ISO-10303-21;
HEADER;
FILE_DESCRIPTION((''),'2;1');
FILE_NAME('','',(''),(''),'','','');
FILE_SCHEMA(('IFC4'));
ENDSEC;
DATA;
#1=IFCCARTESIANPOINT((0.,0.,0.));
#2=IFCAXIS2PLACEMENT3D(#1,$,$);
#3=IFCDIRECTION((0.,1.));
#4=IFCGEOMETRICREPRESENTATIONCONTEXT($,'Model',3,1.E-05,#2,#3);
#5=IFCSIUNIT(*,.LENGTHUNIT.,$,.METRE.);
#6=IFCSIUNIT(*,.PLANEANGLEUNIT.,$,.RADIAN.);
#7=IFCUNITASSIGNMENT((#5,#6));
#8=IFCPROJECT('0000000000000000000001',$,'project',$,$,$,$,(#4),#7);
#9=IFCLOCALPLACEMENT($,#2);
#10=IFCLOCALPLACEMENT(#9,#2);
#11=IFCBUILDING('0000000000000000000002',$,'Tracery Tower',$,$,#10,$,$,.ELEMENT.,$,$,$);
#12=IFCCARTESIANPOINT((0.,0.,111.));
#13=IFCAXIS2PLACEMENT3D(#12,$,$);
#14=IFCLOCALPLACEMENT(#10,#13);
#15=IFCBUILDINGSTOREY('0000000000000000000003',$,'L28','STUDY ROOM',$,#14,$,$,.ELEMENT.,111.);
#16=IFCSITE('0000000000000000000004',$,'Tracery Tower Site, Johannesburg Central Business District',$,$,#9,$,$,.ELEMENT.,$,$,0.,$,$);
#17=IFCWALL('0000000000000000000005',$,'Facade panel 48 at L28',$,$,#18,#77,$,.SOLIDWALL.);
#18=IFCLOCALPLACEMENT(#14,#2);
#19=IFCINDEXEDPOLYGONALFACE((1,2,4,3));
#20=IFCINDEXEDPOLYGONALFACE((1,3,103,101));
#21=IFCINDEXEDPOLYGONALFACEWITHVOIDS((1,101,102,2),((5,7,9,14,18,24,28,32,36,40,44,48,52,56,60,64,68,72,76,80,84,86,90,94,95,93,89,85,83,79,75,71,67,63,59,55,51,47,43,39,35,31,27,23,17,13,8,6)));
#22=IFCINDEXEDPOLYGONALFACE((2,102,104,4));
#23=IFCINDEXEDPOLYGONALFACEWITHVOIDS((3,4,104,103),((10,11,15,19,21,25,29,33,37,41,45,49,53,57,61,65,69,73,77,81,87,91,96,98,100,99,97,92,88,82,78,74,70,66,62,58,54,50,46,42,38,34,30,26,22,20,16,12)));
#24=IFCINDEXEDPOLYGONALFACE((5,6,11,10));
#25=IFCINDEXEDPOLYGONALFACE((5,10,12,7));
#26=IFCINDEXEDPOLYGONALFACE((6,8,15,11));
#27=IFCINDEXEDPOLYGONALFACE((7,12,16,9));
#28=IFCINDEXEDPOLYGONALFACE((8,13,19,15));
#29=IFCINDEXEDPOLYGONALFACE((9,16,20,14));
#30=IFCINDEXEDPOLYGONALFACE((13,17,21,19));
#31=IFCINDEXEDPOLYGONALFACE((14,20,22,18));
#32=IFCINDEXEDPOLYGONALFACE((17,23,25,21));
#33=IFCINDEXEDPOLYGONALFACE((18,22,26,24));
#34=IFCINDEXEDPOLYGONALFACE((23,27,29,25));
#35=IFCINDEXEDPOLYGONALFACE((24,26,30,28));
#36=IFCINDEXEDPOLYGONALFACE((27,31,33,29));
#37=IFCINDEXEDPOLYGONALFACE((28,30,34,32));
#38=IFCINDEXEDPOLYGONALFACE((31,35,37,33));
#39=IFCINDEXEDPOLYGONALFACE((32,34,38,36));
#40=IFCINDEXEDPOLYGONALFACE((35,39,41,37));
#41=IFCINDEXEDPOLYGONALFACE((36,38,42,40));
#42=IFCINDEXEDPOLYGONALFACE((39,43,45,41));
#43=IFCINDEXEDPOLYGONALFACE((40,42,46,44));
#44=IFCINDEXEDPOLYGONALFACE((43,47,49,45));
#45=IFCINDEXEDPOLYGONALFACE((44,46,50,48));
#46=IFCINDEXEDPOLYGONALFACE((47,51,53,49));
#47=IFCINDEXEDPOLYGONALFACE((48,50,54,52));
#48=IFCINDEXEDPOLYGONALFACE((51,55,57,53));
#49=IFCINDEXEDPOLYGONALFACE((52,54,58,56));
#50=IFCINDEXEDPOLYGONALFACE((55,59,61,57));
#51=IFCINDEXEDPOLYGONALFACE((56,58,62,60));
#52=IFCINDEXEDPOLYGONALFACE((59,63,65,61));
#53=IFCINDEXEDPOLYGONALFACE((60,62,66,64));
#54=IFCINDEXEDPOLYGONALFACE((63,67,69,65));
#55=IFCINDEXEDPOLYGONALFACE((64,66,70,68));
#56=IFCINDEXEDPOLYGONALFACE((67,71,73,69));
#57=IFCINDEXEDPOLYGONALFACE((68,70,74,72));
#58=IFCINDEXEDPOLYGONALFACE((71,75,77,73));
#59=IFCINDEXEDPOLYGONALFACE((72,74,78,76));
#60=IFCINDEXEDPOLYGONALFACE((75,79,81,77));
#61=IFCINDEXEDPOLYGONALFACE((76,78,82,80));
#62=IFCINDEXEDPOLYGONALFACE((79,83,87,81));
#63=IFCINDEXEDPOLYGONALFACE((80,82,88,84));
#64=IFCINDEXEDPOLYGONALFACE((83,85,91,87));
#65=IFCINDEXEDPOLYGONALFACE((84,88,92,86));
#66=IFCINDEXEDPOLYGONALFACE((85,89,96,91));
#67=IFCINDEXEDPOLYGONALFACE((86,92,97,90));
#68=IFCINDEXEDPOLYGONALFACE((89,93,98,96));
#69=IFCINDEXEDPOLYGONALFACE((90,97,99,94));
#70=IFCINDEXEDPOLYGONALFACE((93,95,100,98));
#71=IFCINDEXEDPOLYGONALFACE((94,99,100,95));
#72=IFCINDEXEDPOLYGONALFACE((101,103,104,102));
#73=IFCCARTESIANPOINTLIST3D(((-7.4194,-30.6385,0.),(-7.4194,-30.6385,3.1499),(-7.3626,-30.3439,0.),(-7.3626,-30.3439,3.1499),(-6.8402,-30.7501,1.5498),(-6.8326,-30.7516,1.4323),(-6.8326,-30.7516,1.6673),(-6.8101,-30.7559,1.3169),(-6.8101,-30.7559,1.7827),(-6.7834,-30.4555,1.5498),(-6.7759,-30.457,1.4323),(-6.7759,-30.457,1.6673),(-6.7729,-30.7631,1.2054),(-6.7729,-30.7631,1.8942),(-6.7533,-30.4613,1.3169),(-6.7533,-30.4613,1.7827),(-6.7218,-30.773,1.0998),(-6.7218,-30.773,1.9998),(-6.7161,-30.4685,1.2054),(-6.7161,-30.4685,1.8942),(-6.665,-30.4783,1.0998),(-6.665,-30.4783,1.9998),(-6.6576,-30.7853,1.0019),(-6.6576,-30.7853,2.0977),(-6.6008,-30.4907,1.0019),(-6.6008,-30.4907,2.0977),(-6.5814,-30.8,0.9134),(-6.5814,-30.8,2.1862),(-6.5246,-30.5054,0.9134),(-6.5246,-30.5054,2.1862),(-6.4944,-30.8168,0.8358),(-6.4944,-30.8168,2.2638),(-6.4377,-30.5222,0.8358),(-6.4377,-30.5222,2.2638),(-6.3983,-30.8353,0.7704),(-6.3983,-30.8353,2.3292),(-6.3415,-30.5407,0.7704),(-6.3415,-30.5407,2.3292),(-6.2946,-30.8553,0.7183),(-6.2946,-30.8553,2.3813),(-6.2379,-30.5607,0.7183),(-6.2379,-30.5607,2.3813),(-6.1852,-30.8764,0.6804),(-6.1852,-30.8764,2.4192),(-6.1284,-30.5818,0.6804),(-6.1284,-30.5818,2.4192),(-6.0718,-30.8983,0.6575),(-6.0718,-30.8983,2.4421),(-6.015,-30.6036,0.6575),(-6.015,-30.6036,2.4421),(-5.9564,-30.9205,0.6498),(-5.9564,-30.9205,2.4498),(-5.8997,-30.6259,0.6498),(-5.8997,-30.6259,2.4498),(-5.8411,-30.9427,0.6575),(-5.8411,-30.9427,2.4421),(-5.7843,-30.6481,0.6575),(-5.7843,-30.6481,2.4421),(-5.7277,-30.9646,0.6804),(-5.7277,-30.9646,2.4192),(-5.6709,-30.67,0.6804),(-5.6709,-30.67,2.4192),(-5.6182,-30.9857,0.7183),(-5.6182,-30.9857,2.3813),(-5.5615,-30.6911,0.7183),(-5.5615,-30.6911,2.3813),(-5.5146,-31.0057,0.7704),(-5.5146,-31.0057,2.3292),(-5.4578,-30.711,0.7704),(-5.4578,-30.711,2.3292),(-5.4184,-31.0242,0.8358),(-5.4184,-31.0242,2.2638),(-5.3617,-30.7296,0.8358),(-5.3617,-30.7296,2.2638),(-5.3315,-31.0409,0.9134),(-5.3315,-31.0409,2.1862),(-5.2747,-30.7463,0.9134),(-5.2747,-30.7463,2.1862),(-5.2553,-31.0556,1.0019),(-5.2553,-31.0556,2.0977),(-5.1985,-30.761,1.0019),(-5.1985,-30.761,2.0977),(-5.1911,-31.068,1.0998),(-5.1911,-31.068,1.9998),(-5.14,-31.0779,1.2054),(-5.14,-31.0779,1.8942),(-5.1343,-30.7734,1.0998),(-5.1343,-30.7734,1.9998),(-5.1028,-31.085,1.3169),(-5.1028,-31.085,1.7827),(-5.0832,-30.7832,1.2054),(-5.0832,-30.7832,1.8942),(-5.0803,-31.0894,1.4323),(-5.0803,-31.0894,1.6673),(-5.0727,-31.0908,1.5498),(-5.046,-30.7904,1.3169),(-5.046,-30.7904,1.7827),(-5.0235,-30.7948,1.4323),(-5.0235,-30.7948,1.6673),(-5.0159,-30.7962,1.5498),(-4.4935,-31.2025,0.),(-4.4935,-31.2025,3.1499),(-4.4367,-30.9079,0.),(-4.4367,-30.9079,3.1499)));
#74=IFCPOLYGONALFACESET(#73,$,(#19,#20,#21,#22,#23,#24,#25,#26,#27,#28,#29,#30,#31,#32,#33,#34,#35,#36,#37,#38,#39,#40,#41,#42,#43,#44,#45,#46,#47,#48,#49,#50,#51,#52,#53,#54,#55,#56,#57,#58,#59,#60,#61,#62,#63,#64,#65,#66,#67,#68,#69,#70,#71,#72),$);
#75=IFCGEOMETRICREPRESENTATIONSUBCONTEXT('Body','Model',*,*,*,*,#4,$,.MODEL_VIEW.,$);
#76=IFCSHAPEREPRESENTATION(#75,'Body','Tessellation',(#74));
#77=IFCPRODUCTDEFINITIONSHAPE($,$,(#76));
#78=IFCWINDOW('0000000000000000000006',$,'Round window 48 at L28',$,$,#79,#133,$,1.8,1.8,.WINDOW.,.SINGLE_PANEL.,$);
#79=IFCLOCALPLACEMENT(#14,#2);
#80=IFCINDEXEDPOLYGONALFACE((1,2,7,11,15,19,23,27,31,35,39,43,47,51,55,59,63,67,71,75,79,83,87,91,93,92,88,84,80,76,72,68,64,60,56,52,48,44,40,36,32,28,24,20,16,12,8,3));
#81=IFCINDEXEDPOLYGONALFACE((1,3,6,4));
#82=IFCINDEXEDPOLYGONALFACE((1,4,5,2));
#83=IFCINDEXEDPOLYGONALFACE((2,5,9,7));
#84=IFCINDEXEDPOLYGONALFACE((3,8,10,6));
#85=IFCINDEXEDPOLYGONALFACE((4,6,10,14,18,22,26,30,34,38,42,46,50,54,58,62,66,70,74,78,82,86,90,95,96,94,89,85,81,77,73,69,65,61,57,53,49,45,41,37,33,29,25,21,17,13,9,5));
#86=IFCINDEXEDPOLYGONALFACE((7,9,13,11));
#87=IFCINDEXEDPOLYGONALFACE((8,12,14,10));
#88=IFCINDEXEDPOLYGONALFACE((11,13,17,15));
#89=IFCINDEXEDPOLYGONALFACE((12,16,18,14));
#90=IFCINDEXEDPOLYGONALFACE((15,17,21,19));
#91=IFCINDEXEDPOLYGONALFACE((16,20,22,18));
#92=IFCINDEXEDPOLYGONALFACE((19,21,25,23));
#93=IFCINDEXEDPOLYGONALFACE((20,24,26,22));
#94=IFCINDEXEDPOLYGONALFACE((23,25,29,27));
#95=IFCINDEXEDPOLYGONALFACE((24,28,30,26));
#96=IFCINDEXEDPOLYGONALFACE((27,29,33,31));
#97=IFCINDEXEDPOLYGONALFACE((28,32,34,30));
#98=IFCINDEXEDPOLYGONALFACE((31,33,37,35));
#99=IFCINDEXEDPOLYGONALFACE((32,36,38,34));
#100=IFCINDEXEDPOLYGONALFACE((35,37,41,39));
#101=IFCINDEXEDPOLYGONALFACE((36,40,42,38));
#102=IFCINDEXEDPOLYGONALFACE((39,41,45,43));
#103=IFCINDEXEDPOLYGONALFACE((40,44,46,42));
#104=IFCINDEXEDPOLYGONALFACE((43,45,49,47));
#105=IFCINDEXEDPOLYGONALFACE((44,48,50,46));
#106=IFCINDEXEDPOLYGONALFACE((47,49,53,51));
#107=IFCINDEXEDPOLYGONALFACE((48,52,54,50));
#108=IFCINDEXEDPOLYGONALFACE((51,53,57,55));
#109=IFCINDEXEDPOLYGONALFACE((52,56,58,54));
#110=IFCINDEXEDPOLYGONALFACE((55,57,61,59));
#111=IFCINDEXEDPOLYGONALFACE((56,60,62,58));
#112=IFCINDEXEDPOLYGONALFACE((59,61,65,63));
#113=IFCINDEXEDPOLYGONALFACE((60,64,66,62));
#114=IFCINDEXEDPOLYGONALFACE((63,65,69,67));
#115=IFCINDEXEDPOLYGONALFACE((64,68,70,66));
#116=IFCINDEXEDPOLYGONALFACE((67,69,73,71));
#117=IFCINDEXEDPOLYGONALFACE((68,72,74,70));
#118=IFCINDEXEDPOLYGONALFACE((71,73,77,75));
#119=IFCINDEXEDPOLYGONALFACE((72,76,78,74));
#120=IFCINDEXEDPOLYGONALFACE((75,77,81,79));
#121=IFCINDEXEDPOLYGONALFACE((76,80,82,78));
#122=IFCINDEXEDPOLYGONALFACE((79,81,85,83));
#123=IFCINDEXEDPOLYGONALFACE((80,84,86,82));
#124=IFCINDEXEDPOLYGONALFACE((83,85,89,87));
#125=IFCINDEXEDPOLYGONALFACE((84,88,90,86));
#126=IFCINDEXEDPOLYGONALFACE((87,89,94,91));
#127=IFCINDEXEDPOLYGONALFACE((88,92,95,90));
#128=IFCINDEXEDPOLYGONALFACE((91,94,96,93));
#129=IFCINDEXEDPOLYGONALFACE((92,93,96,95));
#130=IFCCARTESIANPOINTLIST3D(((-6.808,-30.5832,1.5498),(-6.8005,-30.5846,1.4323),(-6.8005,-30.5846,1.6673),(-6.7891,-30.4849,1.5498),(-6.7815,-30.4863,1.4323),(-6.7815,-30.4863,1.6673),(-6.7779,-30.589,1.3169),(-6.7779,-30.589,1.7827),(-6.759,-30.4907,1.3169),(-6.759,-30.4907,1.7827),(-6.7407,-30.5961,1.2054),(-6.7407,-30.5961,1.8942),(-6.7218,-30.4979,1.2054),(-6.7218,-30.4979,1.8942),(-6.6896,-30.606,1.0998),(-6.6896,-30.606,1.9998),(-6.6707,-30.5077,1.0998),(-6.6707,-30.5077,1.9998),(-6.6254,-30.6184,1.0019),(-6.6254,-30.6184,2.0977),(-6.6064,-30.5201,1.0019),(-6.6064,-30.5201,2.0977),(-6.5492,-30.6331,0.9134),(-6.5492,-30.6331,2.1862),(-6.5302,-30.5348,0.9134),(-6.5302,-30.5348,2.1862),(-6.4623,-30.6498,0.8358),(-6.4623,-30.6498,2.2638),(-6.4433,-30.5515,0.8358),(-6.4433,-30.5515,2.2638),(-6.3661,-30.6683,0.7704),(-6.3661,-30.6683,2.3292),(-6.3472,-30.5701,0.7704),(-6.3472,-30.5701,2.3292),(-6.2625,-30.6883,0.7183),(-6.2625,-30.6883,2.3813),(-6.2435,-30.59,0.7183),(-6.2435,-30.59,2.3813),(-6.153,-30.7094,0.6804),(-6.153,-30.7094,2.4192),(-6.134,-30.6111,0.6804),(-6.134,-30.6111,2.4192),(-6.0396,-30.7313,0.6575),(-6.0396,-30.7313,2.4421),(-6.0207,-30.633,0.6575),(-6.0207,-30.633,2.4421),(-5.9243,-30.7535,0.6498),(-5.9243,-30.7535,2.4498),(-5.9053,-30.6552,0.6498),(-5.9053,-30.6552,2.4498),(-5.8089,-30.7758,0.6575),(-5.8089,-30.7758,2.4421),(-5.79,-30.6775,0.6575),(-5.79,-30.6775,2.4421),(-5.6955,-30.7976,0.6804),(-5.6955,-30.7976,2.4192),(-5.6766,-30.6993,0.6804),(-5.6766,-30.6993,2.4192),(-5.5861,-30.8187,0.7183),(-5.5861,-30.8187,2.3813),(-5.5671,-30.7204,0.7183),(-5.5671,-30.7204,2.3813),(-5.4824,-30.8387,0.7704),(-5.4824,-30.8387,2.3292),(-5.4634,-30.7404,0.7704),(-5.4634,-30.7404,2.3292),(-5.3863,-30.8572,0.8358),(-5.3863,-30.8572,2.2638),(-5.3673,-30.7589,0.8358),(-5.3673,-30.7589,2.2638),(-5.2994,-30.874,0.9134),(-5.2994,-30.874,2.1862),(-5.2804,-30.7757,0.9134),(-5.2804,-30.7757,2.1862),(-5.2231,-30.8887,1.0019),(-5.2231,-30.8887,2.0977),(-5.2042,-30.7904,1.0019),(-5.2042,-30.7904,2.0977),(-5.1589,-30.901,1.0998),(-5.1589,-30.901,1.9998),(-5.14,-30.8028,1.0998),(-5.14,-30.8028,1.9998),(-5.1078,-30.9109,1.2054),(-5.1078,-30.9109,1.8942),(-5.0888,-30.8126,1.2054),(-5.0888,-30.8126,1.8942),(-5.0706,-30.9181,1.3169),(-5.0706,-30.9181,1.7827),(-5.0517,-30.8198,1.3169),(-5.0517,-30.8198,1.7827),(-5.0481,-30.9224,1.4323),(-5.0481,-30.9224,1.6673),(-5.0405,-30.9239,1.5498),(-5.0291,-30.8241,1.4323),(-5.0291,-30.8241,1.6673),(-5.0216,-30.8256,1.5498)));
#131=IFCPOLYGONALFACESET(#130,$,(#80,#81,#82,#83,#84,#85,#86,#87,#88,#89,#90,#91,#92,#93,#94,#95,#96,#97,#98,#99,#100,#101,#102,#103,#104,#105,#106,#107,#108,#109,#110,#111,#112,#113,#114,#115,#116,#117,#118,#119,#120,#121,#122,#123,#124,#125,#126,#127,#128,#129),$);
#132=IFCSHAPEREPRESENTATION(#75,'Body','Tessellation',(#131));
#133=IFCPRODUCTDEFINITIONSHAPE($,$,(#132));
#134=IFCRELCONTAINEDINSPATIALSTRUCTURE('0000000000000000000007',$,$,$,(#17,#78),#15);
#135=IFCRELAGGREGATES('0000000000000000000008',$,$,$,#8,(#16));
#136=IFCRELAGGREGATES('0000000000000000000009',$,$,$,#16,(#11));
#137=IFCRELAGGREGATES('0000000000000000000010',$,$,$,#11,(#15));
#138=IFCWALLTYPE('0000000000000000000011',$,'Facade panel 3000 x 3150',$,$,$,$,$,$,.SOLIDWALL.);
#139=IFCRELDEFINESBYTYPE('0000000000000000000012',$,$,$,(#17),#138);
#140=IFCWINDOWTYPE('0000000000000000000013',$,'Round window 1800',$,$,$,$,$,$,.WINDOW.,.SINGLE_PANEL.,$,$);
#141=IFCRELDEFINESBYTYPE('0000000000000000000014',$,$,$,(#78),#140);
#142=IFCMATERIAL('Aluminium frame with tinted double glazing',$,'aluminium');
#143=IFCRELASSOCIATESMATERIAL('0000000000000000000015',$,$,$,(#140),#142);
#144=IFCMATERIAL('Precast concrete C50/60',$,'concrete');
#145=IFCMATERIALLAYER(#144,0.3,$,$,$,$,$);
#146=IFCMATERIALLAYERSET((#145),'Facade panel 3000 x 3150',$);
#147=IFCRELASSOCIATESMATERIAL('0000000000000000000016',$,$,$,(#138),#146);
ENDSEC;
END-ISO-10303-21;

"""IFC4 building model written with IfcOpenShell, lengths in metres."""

from ifc_helpers import new_model, si_unit, direction, frame, frame_2d, origin, origin_2d, place, context, subcontext, project, spatial, rectangle, circle, extrude, material, layer, layer_set, type_object, element, fill, save


model = new_model("IFC4")

# Units and contexts
model_context = context("Model", 3, precision=1e-05, world=origin(), true_north=direction((0.0, 1.0)))
body_context = subcontext(model_context, "Body", "Model", "MODEL_VIEW")
ifc_project = project(units=[si_unit("LENGTHUNIT", "METRE"), si_unit("PLANEANGLEUNIT", "RADIAN")], contexts=[model_context])

# Site, building, storey
site_placement = place(None, origin())
site = spatial("IfcSite", under=ifc_project, at=site_placement, Name="Tracery Tower Site, Johannesburg Central Business District", CompositionType="ELEMENT", RefElevation=0.0)
building_placement = place(site_placement, origin())
building = spatial("IfcBuilding", under=site, at=building_placement, Name="Tracery Tower", CompositionType="ELEMENT")
storey_placement = place(building_placement, frame((0.0, 0.0, 111.0)))
storey = spatial("IfcBuildingStorey", under=building, at=storey_placement, Name="L28", Description="STUDY ROOM", CompositionType="ELEMENT", Elevation=111.0)

# Wall, opening, window
ifc_material_1 = material(Name="Aluminium frame with tinted double glazing", Category="aluminium")
window_type = type_object("IfcWindowType", Name="Round window 1800", PartitioningType="SINGLE_PANEL", PredefinedType="WINDOW", material=ifc_material_1)
ifc_material_2 = material(Name="Precast concrete C50/60", Category="concrete")
ifc_layer_1 = layer(ifc_material_2, 0.3)
ifc_layer_set_1 = layer_set([ifc_layer_1], Name="Facade panel 3000 x 3150")
wall_type_1 = type_object("IfcWallType", Name="Facade panel 3000 x 3150", PredefinedType="SOLIDWALL", material=ifc_layer_set_1)
wall_1_placement = place(storey_placement, frame((-7.3909, -30.4912, 0.0), z_axis=(0.0, 0.0, 1.0), x_axis=(0.981925, -0.189273, 0.0)))
wall_1 = element("IfcWall", 1, at=wall_1_placement, inside=storey, type_object=wall_type_1, Name="Facade panel 48 at L28", PredefinedType="SOLIDWALL", context=body_context, shape_type="SweptSolid", body=[
    extrude(rectangle(XDim=2.9797, YDim=0.3, at=frame_2d((1.4897, 0.0))), origin(), (0.0, 0.0, 1.0), 3.1499),
])
opening_1_placement = place(wall_1_placement, frame((1.4897, 0.0, 1.5498)))
opening_1 = element("IfcOpeningElement", 2, at=opening_1_placement, cuts=wall_1, PredefinedType="OPENING", context=body_context, shape_type="SweptSolid", body=[
    extrude(circle(Radius=0.9, at=origin_2d()), frame((0.0, 0.1599, 0.0), z_axis=(0.0, -1.0, 0.0), x_axis=(1.0, 0.0, 0.0)), (0.0, 0.0, 1.0), 0.3201),
])
window_1_placement = place(opening_1_placement, origin())
window_1 = element("IfcWindow", 3, at=window_1_placement, inside=storey, type_object=window_type, Name="Round window 48 at L28", OverallHeight=1.8, OverallWidth=1.8, PartitioningType="SINGLE_PANEL", PredefinedType="WINDOW", context=body_context, shape_type="SweptSolid", body=[
    extrude(circle(Radius=0.9, at=origin_2d()), frame((0.0, 0.1201, 0.0), z_axis=(0.0, -1.0, 0.0), x_axis=(1.0, 0.0, 0.0)), (0.0, 0.0, 1.0), 0.1001),
])
fill(opening_1, window_1)

save(model, "model.ifc")
